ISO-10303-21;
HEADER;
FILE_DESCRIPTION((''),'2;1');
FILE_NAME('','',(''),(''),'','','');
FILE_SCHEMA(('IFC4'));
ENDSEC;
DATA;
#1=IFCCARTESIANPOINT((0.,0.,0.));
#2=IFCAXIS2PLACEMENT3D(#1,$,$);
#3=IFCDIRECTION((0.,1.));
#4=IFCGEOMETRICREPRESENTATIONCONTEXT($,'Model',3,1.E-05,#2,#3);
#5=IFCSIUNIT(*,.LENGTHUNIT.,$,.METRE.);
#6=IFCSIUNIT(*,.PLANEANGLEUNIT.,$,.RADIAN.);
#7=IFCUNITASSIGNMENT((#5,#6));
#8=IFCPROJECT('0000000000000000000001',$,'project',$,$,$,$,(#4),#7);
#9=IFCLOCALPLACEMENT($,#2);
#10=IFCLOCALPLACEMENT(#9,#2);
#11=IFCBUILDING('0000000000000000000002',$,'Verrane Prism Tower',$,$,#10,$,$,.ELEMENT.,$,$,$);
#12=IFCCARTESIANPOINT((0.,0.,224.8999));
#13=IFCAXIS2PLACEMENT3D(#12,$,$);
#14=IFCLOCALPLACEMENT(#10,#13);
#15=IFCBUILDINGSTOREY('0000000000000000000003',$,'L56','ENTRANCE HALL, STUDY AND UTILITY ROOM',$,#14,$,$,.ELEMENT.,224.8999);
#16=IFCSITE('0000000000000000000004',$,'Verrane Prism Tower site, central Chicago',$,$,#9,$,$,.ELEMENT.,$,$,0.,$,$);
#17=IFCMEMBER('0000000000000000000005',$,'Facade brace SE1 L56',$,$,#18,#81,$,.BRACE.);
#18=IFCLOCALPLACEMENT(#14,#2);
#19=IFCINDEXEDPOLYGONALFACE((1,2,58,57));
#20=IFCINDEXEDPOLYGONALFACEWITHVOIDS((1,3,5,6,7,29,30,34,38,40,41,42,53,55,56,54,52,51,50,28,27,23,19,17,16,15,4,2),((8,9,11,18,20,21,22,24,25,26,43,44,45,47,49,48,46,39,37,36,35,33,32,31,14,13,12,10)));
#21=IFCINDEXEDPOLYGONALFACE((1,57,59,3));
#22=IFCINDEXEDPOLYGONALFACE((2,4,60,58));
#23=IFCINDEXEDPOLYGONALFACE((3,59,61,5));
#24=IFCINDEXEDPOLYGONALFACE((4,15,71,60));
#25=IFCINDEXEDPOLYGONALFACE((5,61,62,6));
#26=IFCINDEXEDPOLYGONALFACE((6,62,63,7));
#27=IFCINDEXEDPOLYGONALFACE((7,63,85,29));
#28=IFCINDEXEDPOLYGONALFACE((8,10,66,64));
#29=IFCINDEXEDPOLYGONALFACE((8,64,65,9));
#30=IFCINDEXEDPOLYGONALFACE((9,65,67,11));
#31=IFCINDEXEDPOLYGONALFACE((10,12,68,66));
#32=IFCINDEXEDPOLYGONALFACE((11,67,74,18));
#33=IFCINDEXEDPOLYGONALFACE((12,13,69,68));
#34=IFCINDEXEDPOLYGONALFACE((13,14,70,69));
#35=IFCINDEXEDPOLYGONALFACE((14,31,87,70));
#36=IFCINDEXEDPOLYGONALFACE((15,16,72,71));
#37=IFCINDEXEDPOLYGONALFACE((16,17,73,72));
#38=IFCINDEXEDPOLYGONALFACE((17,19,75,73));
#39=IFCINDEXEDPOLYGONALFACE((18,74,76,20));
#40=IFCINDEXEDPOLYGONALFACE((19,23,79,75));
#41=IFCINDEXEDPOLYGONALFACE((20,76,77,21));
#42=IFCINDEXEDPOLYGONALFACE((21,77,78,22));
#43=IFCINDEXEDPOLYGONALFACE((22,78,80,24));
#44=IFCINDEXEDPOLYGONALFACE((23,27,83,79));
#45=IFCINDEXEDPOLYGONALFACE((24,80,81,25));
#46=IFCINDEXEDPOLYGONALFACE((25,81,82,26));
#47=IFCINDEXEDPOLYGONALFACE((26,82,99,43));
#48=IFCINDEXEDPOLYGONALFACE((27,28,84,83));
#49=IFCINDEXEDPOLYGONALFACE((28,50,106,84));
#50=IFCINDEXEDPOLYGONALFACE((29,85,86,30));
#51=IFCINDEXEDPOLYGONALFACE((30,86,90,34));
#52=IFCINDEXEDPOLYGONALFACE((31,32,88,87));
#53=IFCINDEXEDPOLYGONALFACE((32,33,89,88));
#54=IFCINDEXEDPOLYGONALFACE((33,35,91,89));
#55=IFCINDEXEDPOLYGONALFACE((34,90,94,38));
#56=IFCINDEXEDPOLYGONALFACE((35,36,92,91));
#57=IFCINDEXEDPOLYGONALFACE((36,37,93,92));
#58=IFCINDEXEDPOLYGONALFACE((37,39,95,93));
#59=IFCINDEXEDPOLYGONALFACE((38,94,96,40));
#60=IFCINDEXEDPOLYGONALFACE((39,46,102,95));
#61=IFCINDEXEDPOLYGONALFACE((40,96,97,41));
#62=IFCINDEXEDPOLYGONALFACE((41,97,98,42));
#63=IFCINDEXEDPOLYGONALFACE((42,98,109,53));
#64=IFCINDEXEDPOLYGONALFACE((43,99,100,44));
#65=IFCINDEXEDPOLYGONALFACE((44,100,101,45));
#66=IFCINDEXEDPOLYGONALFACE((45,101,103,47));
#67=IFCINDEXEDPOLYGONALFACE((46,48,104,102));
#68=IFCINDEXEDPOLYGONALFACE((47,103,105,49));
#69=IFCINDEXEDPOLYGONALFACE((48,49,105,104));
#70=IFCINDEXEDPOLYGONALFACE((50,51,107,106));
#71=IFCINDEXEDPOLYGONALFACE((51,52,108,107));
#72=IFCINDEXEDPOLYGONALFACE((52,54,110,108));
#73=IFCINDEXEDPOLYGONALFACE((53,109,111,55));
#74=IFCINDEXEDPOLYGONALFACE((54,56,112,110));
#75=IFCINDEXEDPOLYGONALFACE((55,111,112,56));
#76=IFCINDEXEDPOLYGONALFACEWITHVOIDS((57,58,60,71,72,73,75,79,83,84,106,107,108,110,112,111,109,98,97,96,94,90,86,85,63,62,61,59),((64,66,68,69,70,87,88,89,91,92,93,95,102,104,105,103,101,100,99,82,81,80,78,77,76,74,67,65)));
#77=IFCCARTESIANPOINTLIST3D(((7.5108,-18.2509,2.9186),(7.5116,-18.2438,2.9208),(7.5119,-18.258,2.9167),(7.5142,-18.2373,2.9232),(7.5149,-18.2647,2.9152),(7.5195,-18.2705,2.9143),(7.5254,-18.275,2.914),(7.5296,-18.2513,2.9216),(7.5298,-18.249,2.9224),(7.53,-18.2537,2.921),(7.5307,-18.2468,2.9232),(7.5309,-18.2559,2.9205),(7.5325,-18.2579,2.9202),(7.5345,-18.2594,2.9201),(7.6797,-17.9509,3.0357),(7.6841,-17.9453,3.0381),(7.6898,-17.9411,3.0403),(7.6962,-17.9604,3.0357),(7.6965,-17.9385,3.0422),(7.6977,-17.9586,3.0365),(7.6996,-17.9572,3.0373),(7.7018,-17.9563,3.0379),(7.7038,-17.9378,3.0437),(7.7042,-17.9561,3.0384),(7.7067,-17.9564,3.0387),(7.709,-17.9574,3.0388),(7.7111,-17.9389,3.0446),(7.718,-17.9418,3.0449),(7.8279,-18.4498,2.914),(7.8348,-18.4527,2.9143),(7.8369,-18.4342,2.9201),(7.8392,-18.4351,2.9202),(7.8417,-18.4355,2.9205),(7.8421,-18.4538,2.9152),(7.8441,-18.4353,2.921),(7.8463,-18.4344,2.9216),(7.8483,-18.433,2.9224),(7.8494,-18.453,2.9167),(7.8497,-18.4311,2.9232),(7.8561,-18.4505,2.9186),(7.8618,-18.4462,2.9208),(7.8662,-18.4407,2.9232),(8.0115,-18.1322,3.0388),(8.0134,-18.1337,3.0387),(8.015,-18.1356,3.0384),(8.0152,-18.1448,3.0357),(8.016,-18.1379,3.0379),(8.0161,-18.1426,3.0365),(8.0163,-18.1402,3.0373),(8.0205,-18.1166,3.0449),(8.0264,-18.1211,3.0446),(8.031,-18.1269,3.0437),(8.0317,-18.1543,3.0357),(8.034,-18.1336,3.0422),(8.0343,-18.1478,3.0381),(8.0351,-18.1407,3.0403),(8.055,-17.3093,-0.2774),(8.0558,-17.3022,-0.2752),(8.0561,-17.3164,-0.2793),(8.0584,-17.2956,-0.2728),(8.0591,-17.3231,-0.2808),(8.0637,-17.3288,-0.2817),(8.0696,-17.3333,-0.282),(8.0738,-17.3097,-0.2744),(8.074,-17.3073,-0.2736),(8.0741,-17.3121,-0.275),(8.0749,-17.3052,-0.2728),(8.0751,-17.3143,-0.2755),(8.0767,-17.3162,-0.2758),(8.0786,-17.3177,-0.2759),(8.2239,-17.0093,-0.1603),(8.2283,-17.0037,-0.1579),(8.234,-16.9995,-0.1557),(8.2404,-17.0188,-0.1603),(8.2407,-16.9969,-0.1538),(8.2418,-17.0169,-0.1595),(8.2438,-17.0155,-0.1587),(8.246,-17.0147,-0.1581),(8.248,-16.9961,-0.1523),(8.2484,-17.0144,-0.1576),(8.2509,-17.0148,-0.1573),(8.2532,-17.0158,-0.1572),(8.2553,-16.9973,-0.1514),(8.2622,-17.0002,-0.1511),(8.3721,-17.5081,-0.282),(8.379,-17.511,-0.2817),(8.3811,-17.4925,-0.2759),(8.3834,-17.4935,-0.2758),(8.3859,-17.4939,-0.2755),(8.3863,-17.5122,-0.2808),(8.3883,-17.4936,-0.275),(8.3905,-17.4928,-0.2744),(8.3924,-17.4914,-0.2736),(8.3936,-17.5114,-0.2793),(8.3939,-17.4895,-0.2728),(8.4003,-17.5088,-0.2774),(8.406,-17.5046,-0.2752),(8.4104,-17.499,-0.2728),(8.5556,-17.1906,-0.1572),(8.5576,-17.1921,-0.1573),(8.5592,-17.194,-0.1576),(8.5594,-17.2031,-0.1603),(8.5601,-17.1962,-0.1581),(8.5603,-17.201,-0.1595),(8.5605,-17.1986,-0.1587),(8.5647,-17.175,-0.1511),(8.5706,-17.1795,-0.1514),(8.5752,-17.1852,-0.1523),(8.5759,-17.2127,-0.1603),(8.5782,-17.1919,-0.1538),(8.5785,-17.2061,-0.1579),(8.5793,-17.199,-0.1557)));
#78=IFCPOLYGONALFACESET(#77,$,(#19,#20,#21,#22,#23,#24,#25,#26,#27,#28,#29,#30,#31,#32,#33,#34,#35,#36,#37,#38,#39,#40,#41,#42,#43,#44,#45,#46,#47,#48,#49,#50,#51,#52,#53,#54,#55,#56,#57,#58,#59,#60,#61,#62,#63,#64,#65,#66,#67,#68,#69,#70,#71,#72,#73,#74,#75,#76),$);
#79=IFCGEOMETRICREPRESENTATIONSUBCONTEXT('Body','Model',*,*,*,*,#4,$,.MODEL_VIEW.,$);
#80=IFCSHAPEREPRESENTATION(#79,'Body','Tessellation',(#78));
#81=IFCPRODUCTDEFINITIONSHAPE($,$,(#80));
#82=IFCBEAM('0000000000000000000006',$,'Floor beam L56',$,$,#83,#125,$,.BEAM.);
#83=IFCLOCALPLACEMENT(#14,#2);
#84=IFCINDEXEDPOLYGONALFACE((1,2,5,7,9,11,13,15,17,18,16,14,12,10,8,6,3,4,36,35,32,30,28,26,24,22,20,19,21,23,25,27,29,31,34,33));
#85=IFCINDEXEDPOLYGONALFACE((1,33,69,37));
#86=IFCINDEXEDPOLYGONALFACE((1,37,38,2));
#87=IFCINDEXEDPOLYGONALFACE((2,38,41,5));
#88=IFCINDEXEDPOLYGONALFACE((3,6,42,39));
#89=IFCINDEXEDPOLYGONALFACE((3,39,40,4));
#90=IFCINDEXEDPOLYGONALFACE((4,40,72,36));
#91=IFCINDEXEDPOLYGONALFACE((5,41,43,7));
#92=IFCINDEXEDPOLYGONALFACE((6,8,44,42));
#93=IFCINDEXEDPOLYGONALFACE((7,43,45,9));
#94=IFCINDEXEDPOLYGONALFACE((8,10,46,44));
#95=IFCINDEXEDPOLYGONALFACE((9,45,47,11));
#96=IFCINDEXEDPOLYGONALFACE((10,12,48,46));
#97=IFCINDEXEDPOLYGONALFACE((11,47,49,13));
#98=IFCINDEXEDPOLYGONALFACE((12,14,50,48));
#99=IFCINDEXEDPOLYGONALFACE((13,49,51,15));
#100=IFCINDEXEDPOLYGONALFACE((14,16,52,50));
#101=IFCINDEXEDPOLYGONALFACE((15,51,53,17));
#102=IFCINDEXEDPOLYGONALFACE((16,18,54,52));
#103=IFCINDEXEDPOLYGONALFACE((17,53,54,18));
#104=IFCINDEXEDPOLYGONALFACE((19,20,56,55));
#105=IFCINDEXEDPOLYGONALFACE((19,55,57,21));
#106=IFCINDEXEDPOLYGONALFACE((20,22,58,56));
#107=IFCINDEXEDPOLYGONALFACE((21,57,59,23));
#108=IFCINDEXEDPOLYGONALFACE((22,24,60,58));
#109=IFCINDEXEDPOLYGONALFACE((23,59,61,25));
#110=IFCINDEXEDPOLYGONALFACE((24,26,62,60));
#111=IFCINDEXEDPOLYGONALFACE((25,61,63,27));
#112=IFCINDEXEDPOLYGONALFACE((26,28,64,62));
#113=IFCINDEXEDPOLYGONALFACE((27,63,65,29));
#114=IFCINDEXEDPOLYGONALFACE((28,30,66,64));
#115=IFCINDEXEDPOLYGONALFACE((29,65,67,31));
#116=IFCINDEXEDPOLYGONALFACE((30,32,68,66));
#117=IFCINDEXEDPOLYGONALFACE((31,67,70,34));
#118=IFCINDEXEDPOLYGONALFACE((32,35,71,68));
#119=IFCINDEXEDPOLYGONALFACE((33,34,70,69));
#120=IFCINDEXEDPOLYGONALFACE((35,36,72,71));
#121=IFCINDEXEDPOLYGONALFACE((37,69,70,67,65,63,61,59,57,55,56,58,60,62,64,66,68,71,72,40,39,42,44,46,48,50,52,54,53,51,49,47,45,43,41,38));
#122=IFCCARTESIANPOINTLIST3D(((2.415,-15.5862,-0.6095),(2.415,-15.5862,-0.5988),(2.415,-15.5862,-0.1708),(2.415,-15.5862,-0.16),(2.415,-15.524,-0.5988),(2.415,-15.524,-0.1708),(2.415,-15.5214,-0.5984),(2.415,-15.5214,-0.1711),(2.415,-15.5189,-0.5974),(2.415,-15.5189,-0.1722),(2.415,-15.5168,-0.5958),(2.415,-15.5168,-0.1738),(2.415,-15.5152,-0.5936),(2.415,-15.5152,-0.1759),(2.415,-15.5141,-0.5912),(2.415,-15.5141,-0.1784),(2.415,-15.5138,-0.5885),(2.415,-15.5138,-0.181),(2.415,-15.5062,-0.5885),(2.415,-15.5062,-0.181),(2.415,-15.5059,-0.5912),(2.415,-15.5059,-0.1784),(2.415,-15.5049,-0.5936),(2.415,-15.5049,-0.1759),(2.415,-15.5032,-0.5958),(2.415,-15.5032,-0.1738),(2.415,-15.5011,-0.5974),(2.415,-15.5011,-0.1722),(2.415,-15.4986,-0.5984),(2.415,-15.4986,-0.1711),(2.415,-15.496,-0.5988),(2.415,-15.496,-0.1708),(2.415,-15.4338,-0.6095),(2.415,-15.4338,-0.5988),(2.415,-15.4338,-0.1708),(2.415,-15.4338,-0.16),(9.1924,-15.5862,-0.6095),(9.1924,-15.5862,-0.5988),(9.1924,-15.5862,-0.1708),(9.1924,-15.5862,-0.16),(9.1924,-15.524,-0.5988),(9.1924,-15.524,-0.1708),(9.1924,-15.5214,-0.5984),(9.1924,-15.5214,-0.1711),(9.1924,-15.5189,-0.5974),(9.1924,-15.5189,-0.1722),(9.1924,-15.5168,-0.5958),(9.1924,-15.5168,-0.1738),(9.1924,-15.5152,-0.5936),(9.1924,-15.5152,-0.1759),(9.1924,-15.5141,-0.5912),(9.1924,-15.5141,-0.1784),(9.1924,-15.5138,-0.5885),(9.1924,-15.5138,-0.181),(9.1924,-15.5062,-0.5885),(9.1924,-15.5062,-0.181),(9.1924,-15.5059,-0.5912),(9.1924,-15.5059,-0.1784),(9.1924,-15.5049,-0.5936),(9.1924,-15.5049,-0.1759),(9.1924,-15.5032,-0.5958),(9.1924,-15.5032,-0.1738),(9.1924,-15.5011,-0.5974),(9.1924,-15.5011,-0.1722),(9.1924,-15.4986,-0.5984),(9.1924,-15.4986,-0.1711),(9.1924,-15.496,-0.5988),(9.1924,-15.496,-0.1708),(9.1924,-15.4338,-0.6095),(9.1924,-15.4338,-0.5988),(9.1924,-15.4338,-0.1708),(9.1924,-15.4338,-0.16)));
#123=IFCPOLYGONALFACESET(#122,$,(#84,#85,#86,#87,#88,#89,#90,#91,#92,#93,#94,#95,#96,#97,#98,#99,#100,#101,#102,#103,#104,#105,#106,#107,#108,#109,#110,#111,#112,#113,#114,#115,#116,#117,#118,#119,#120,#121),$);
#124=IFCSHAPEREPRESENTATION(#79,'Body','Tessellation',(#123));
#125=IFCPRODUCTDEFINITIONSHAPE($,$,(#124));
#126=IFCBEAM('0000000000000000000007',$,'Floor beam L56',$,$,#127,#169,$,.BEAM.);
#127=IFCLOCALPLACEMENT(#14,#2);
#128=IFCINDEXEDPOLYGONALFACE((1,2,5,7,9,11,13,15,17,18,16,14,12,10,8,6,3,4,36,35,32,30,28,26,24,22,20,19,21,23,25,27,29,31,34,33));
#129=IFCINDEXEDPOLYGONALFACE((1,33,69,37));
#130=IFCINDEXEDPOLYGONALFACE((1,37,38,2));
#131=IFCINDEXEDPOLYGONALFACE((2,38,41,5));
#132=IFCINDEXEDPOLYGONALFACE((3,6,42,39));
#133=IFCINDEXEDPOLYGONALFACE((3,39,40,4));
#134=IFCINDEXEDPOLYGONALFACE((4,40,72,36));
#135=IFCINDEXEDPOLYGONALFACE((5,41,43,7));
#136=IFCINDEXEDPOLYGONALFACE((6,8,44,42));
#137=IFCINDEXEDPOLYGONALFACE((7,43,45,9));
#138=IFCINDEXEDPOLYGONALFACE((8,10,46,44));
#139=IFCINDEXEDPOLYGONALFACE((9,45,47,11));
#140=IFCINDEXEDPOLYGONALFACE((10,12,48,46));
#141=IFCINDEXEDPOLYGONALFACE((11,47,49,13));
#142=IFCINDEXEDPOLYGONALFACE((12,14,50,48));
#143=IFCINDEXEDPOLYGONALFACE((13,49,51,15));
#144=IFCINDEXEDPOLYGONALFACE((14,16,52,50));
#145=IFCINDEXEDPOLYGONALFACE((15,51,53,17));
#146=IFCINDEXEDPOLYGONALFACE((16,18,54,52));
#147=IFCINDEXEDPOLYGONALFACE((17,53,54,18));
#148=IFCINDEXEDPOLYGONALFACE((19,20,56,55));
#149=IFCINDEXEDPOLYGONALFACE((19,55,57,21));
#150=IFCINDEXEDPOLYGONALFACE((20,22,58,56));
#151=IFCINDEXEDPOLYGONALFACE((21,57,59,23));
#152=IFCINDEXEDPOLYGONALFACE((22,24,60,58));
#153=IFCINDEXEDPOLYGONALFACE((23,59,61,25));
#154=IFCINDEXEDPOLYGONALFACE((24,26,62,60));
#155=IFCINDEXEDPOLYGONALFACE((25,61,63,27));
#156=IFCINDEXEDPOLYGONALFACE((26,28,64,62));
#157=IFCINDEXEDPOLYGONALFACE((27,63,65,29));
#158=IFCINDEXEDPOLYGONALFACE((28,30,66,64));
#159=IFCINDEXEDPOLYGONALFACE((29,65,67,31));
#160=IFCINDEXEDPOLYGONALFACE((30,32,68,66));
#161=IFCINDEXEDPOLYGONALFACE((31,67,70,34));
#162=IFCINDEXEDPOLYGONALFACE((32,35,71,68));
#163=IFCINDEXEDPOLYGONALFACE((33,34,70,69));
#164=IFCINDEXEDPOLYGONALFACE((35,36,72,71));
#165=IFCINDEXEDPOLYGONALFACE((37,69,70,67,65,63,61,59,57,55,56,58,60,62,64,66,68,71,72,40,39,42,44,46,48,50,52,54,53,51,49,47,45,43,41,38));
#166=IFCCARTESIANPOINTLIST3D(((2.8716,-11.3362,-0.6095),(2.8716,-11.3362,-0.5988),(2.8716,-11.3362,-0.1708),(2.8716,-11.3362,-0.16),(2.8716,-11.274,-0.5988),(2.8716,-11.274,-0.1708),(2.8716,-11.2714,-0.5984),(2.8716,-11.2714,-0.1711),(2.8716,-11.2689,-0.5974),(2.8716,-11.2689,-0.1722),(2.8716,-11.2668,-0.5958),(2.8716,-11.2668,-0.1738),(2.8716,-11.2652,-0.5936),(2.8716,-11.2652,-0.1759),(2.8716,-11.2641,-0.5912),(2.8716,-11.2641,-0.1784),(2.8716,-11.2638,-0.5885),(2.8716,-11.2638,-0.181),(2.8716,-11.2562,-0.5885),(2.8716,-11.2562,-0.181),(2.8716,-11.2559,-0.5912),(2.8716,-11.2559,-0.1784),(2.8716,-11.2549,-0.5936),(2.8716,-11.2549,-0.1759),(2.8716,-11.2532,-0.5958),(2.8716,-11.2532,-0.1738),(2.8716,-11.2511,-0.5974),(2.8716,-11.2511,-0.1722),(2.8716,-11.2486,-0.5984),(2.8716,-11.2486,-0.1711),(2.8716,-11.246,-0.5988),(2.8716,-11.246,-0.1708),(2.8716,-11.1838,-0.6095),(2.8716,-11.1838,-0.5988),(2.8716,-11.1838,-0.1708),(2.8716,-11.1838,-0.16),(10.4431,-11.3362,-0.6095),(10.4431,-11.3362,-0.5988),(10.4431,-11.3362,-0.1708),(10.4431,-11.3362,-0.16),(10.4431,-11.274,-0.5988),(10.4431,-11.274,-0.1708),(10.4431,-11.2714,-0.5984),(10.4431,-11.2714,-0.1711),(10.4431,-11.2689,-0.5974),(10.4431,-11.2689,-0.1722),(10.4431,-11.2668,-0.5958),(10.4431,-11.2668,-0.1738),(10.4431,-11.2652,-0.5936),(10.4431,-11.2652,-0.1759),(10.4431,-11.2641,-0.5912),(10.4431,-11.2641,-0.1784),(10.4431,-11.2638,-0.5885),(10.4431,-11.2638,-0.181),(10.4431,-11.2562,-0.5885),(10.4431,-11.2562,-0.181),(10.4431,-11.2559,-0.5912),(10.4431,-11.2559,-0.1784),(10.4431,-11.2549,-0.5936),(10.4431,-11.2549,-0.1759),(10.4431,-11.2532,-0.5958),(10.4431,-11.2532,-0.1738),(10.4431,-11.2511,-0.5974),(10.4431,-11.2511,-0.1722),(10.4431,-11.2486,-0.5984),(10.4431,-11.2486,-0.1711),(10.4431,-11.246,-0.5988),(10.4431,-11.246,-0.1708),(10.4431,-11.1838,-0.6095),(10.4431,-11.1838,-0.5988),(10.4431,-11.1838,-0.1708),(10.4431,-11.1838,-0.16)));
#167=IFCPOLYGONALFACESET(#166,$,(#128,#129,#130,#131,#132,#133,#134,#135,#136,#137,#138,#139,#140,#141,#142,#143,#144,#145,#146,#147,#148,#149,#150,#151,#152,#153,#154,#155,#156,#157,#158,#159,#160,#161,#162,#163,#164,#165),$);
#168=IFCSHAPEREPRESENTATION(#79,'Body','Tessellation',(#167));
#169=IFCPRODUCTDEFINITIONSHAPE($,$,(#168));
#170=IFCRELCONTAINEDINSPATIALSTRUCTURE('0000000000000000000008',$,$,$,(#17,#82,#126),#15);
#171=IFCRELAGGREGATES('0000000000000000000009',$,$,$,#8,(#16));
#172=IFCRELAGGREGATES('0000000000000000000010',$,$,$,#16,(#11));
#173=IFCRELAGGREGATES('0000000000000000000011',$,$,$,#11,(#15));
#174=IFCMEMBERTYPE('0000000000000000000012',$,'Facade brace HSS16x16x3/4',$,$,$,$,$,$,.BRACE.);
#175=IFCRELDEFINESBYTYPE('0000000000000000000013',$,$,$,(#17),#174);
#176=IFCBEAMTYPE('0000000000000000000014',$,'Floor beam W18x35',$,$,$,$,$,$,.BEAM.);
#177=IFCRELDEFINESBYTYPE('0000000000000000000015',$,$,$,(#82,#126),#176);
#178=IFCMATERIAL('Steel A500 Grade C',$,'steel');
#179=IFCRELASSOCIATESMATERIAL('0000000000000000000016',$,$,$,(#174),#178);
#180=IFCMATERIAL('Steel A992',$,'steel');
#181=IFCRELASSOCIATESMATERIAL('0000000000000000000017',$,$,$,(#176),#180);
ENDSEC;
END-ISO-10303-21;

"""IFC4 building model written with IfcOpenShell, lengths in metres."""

from ifc_helpers import new_model, si_unit, direction, frame, origin, origin_2d, place, context, subcontext, project, spatial, hollow_rectangle, i_section, extrude, material, material_profile, profile_set, type_object, element, save


model = new_model("IFC4")

# Units and contexts
model_context = context("Model", 3, precision=1e-05, world=origin(), true_north=direction((0.0, 1.0)))
body_context = subcontext(model_context, "Body", "Model", "MODEL_VIEW")
ifc_project = project(units=[si_unit("LENGTHUNIT", "METRE"), si_unit("PLANEANGLEUNIT", "RADIAN")], contexts=[model_context])

# Site, building, storey
site_placement = place(None, origin())
site = spatial("IfcSite", under=ifc_project, at=site_placement, Name="Verrane Prism Tower site, central Chicago", CompositionType="ELEMENT", RefElevation=0.0)
building_placement = place(site_placement, origin())
building = spatial("IfcBuilding", under=site, at=building_placement, Name="Verrane Prism Tower", CompositionType="ELEMENT")
storey_placement = place(building_placement, frame((0.0, 0.0, 224.8999)))
storey = spatial("IfcBuildingStorey", under=building, at=storey_placement, Name="L56", Description="ENTRANCE HALL, STUDY AND UTILITY ROOM", CompositionType="ELEMENT", Elevation=224.8999)

# Member
ifc_material_1 = material(Name="Steel A500 Grade C", Category="steel")
ifc_material_profile_1 = material_profile(ifc_material_1, hollow_rectangle(XDim=0.4065, YDim=0.4065, WallThickness=0.019, InnerFilletRadius=0.0095, OuterFilletRadius=0.0286, at=origin_2d()), Name="HSS16x16x3/4")
ifc_profile_set_1 = profile_set([ifc_material_profile_1], Name="Steel A500 Grade C")
member_type_1 = type_object("IfcMemberType", Name="Facade brace HSS16x16x3/4", PredefinedType="BRACE", material=ifc_profile_set_1)
member_1_placement = place(storey_placement, frame((8.3171, -17.2542, -0.2166), z_axis=(-0.161192, -0.278923, 0.946689), x_axis=(0.865815, -0.500364, 0.0)))
element("IfcMember", 1, at=member_1_placement, inside=storey, type_object=member_type_1, Name="Facade brace SE1 L56", PredefinedType="BRACE", context=body_context, shape_type="SweptSolid", body=[
    extrude(hollow_rectangle(XDim=0.4065, YDim=0.4065, WallThickness=0.019, InnerFilletRadius=0.0095, OuterFilletRadius=0.0286, at=origin_2d()), origin(), (0.0, 0.0, 1.0), 3.376),
])

# Beams
ifc_material_2 = material(Name="Steel A992", Category="steel")
ifc_material_profile_2 = material_profile(ifc_material_2, i_section(OverallWidth=0.1523, OverallDepth=0.4495, WebThickness=0.0076, FlangeThickness=0.0107, FilletRadius=0.0103, at=origin_2d()), Name="W18x35")
ifc_profile_set_2 = profile_set([ifc_material_profile_2], Name="Steel A992")
beam_type_1 = type_object("IfcBeamType", Name="Floor beam W18x35", PredefinedType="BEAM", material=ifc_profile_set_2)
beam_1_placement = place(storey_placement, frame((2.415, -15.51, -0.3848), z_axis=(1.0, 0.0, 0.0), x_axis=(0.0, 1.0, 0.0)))
element("IfcBeam", 2, at=beam_1_placement, inside=storey, type_object=beam_type_1, Name="Floor beam L56", PredefinedType="BEAM", context=body_context, shape_type="SweptSolid", body=[
    extrude(i_section(OverallWidth=0.1523, OverallDepth=0.4495, WebThickness=0.0076, FlangeThickness=0.0107, FilletRadius=0.0103, at=origin_2d()), origin(), (0.0, 0.0, 1.0), 6.7773),
])
beam_2_placement = place(storey_placement, frame((2.8716, -11.26, -0.3848), z_axis=(1.0, 0.0, 0.0), x_axis=(0.0, 1.0, 0.0)))
element("IfcBeam", 3, at=beam_2_placement, inside=storey, type_object=beam_type_1, Name="Floor beam L56", PredefinedType="BEAM", context=body_context, shape_type="SweptSolid", body=[
    extrude(i_section(OverallWidth=0.1523, OverallDepth=0.4495, WebThickness=0.0076, FlangeThickness=0.0107, FilletRadius=0.0103, at=origin_2d()), origin(), (0.0, 0.0, 1.0), 7.5715),
])

save(model, "model.ifc")
